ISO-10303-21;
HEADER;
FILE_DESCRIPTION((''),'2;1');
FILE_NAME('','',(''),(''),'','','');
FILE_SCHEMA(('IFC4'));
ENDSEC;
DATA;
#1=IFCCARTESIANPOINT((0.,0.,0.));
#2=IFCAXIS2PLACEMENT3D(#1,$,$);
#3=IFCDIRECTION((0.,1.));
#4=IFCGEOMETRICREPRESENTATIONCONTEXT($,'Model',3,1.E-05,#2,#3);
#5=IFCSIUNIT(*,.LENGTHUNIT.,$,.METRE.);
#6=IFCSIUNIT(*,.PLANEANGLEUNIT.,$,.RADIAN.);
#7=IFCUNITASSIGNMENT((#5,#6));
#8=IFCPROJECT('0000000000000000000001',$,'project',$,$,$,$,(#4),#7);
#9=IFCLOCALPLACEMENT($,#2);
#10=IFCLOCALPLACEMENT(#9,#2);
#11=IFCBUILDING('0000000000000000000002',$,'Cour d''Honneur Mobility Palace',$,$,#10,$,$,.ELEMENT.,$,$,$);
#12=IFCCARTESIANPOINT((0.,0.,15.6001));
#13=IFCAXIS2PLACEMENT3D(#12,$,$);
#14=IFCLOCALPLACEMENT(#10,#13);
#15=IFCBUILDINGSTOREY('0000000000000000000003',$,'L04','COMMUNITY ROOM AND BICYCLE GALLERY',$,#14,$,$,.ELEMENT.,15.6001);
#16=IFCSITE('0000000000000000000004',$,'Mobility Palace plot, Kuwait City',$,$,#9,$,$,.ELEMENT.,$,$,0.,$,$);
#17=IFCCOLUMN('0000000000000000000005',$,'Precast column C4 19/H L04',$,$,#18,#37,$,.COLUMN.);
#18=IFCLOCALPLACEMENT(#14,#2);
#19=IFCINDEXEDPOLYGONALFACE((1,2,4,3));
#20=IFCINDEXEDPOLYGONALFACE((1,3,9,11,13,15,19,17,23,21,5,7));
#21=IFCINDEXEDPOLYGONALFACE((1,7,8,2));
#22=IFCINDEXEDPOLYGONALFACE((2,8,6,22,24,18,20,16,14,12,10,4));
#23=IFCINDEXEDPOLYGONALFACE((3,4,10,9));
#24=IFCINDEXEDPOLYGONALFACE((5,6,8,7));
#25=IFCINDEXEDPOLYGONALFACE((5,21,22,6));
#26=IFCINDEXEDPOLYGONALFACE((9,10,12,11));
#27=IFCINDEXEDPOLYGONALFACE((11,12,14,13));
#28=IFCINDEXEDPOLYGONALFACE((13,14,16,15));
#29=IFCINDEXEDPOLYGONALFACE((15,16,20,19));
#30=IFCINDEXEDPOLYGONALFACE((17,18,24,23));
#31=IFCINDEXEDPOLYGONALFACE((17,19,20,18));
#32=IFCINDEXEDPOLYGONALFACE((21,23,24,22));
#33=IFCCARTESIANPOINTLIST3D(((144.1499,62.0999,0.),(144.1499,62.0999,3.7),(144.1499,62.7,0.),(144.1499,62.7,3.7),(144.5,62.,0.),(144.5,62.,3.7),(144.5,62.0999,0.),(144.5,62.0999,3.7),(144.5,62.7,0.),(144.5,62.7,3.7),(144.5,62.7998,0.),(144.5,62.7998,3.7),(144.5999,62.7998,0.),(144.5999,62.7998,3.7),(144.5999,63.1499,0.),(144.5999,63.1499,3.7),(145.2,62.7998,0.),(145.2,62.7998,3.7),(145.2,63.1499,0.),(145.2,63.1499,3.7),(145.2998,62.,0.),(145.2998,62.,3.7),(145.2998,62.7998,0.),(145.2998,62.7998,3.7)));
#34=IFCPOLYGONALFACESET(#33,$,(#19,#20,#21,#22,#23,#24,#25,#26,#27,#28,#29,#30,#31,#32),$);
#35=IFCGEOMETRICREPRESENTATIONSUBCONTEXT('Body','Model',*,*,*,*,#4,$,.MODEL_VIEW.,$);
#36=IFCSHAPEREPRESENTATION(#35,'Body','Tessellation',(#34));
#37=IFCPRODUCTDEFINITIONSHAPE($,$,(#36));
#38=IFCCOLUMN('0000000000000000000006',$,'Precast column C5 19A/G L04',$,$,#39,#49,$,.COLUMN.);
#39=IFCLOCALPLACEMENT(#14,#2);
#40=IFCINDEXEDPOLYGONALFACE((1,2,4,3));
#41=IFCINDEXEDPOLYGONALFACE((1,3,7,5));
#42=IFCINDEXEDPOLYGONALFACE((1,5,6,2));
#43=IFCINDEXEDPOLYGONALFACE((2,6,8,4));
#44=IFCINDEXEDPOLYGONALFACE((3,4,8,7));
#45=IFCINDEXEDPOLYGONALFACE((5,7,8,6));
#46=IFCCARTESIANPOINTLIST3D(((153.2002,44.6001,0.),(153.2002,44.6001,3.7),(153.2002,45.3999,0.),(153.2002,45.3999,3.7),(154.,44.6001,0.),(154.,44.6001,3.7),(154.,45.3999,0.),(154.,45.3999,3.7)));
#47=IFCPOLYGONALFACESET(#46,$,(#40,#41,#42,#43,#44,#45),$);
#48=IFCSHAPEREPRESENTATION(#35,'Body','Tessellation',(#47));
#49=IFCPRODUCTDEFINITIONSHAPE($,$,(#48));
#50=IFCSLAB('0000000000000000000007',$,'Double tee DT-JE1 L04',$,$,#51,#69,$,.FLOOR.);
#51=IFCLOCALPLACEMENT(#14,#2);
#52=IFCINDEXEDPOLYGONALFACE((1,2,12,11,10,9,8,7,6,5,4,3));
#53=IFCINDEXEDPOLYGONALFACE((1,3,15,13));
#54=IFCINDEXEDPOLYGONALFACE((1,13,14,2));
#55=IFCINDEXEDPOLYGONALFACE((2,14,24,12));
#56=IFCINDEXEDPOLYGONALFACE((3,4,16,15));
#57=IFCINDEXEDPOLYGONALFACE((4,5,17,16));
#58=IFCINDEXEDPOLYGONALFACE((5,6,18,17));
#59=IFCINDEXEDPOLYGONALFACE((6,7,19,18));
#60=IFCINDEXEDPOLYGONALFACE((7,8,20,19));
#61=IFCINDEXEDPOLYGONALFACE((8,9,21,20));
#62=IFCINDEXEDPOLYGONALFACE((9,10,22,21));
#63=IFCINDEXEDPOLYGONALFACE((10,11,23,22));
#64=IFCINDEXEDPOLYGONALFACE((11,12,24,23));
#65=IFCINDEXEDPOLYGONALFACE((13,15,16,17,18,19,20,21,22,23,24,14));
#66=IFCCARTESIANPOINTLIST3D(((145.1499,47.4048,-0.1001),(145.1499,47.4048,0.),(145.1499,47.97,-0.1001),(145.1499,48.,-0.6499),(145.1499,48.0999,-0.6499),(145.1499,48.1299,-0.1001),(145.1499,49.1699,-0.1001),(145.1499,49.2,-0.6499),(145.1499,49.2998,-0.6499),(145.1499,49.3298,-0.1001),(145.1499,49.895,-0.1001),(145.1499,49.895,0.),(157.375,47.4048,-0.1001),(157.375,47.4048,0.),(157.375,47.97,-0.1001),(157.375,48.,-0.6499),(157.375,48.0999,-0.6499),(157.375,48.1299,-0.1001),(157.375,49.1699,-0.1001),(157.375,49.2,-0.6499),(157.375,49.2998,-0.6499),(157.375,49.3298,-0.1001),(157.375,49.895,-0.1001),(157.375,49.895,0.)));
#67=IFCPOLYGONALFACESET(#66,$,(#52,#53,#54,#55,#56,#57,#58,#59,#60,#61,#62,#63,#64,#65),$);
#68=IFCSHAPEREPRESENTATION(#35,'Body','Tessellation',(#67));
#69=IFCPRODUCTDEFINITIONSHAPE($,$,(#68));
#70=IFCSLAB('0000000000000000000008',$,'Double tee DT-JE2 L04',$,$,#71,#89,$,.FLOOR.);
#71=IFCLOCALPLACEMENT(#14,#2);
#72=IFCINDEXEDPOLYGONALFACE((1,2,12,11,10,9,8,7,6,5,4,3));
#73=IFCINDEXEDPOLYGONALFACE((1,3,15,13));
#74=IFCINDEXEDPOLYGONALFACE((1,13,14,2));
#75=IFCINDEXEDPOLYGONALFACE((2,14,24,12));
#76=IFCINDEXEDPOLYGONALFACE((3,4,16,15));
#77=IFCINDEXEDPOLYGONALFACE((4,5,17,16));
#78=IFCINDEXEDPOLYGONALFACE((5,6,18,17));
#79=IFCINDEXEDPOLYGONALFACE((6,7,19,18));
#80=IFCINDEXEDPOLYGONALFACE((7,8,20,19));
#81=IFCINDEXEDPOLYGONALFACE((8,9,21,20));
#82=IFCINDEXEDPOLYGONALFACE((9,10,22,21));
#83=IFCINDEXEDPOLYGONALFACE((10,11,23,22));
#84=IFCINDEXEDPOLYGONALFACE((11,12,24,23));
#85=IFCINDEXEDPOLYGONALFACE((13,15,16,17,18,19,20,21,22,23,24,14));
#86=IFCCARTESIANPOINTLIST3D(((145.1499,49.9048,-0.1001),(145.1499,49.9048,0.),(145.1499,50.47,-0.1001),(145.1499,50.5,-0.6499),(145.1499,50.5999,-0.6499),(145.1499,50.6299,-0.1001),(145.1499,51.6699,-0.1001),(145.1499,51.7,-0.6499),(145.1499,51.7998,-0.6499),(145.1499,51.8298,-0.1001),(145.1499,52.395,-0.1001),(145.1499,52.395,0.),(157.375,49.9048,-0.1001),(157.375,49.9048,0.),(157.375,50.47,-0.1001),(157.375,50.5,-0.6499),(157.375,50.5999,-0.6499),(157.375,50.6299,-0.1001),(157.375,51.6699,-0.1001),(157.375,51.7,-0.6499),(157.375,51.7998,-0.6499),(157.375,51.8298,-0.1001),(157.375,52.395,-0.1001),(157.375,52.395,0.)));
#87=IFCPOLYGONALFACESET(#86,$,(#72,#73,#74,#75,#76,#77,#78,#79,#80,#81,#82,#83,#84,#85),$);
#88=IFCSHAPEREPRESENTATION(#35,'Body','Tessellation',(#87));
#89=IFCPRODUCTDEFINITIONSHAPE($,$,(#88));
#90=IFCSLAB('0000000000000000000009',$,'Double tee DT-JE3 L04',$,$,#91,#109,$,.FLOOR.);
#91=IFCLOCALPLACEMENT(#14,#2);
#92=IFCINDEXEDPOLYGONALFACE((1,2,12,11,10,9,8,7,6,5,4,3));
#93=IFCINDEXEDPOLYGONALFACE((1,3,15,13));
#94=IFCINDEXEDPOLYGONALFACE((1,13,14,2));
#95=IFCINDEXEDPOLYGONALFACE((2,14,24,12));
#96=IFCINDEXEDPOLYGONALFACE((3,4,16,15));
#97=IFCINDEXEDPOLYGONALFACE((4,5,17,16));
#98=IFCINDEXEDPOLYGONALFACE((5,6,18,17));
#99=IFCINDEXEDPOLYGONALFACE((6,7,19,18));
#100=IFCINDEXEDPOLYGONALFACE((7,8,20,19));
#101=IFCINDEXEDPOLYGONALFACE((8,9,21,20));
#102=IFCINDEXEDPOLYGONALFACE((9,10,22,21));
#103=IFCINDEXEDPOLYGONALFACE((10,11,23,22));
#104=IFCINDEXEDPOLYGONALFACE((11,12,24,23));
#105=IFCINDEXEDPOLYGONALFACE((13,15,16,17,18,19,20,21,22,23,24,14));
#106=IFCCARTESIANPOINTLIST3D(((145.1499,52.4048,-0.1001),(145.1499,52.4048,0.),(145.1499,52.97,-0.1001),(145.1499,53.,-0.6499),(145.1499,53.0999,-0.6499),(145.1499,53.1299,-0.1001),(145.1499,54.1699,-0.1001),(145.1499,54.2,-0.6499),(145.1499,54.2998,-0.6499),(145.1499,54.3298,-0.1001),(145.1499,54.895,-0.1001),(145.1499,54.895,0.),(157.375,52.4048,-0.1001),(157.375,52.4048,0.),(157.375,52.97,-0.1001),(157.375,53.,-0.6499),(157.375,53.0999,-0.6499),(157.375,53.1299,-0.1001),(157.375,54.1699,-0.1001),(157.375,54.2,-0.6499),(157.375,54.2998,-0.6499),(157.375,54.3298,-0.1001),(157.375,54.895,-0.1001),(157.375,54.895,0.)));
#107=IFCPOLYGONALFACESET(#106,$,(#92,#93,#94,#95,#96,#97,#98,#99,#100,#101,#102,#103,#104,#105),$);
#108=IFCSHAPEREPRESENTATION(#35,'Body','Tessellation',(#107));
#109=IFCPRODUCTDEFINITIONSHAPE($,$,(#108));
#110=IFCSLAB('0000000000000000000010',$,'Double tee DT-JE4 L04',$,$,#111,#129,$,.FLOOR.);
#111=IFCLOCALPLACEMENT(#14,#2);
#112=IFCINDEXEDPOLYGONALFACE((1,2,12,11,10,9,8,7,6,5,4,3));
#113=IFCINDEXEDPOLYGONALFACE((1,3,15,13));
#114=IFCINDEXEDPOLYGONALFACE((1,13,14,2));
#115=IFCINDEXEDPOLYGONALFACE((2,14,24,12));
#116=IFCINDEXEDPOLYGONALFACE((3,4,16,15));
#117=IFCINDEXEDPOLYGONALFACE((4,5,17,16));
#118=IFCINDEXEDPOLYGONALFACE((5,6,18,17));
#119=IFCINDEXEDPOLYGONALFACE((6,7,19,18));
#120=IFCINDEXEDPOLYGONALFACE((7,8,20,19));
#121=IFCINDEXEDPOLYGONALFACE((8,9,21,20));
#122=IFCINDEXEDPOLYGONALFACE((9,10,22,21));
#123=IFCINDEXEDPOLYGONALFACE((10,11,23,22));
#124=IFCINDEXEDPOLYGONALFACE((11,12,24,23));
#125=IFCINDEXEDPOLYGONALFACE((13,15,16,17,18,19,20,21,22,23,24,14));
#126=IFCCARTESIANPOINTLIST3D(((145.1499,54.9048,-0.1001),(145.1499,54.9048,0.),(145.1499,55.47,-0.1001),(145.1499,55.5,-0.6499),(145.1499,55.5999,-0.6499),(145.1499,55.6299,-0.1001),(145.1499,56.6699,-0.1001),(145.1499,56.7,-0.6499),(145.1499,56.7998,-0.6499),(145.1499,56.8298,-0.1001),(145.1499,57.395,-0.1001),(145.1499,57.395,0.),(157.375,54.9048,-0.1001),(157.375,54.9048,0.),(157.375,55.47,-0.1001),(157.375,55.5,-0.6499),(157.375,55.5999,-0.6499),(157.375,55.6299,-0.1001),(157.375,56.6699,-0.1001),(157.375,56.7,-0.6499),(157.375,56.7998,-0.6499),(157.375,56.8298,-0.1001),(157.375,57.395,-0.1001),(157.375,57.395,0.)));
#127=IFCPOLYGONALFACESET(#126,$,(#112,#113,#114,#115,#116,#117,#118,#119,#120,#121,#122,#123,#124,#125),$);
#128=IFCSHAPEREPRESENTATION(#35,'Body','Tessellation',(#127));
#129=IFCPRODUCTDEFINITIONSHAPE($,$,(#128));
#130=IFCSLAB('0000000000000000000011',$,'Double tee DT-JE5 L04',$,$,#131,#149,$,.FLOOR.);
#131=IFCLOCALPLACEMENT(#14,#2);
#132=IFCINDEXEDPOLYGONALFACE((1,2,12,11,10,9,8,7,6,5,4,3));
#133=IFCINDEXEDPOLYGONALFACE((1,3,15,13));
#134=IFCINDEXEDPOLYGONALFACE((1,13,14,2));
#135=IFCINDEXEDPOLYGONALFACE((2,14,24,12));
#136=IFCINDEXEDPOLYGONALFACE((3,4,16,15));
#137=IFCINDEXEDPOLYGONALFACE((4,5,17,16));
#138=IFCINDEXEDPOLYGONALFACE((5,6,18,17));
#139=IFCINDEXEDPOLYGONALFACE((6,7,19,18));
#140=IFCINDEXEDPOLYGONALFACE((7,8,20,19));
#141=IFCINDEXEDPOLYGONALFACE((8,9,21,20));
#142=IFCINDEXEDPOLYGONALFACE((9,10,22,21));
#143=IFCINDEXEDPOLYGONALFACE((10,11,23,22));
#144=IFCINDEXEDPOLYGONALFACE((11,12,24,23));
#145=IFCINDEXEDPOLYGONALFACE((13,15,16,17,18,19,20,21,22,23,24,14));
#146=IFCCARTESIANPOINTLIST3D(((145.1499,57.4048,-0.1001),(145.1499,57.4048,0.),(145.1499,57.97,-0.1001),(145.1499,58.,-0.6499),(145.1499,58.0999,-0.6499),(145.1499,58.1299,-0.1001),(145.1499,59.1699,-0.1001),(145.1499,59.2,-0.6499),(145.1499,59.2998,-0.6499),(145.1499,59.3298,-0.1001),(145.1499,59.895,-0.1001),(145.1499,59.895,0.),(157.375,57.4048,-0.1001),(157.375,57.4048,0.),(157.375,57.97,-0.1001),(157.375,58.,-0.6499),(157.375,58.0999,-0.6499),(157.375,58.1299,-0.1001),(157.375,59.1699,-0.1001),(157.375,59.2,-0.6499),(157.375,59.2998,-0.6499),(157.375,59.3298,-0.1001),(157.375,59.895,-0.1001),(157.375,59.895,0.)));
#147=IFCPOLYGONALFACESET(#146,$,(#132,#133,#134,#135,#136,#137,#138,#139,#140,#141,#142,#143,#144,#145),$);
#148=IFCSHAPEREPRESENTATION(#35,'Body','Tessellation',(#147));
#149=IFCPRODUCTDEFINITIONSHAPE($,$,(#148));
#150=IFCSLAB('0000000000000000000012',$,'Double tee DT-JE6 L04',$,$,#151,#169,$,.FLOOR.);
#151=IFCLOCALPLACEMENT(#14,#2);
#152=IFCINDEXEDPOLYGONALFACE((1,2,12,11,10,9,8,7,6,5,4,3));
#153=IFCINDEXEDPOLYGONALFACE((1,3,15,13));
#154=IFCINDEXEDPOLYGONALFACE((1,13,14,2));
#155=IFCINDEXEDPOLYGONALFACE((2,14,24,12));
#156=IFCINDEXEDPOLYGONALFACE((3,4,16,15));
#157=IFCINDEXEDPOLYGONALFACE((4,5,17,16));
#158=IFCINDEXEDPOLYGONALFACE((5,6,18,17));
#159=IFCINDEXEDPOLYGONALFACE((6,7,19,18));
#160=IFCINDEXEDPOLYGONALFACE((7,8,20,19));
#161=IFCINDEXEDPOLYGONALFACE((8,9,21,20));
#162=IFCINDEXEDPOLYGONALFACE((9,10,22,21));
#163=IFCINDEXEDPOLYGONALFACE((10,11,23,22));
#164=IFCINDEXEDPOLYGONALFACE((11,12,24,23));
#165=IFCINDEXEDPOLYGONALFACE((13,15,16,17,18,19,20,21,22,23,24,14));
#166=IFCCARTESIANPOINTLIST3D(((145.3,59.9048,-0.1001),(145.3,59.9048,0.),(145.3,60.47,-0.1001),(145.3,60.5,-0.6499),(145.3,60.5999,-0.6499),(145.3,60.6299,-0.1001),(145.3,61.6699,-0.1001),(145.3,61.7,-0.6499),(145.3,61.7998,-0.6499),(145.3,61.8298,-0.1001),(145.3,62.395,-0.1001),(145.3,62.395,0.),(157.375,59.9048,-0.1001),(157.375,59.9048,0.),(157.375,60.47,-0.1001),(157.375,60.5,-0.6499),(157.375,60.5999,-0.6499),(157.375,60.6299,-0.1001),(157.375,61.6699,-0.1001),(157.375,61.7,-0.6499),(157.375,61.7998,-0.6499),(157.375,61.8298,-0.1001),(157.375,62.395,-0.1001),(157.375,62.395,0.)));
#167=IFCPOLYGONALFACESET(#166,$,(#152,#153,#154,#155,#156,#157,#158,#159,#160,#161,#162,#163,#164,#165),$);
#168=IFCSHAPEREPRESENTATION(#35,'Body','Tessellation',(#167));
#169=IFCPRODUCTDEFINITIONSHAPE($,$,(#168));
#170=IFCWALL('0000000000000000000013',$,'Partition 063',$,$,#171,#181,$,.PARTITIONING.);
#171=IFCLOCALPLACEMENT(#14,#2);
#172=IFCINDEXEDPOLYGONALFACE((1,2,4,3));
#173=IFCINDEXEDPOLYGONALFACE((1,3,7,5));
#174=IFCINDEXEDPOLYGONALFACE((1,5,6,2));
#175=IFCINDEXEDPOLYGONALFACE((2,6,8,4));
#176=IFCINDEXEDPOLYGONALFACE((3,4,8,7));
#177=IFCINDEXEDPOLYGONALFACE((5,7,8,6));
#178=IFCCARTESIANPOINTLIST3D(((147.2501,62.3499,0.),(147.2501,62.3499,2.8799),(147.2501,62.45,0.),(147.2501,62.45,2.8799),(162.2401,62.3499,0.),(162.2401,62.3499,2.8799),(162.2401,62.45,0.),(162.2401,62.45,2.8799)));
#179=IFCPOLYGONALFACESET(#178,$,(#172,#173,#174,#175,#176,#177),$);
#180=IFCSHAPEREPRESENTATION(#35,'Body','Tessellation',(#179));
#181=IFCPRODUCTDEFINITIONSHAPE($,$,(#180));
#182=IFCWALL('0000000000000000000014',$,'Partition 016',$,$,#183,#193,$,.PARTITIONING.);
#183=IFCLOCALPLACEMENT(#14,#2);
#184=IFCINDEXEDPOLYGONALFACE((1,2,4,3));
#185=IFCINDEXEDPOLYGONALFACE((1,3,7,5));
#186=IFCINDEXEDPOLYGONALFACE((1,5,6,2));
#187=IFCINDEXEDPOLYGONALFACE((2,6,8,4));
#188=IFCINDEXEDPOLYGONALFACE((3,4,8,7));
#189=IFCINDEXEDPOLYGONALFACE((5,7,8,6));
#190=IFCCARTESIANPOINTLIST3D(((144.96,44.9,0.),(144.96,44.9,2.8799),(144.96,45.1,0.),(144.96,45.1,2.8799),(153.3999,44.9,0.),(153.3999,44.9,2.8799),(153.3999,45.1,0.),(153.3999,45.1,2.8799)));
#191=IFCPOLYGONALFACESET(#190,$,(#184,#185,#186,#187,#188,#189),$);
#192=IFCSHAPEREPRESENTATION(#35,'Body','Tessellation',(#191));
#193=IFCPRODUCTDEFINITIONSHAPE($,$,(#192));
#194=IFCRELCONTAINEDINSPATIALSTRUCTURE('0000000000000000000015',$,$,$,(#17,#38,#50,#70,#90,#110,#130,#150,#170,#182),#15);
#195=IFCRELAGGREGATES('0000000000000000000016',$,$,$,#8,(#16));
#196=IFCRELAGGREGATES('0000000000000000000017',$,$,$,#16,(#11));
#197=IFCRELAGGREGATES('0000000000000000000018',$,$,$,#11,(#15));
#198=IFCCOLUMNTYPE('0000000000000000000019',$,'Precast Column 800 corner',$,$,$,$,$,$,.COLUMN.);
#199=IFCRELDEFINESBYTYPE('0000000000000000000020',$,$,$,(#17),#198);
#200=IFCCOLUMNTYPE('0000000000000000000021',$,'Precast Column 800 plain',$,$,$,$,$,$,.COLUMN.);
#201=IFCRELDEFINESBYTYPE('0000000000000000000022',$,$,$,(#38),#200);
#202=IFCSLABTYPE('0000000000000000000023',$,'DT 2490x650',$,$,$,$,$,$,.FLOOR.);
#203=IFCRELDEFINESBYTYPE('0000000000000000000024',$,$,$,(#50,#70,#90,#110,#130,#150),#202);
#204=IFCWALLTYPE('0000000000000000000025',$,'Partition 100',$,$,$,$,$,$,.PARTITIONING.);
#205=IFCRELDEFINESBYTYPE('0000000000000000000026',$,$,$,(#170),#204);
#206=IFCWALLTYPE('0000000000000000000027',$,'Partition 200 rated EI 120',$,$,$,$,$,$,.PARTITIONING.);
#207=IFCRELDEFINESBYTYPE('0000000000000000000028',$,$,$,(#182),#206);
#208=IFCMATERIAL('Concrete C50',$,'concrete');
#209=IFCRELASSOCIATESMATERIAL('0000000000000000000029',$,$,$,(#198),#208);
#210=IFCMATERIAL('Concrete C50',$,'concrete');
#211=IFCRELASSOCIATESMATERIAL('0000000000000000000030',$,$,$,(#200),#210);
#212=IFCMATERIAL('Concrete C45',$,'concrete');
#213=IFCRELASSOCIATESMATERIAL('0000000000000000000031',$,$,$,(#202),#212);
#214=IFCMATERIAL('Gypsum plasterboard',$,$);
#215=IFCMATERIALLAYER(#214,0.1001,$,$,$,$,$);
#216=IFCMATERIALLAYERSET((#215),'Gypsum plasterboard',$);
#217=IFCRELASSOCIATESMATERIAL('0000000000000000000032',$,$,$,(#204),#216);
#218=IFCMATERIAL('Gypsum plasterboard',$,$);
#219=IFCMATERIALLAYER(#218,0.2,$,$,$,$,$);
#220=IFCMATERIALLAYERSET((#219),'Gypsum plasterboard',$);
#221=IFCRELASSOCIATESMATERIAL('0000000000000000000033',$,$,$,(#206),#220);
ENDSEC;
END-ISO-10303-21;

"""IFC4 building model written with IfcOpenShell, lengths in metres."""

from ifc_helpers import new_model, si_unit, direction, frame, frame_2d, origin, place, context, subcontext, project, spatial, polyline, rectangle, outline, extrude, material, layer, layer_set, material_profile, profile_set, type_object, element, save


model = new_model("IFC4")

# Units and contexts
model_context = context("Model", 3, precision=1e-05, world=origin(), true_north=direction((0.0, 1.0)))
body_context = subcontext(model_context, "Body", "Model", "MODEL_VIEW")
ifc_project = project(units=[si_unit("LENGTHUNIT", "METRE"), si_unit("PLANEANGLEUNIT", "RADIAN")], contexts=[model_context])

# Site, building, storey
site_placement = place(None, origin())
site = spatial("IfcSite", under=ifc_project, at=site_placement, Name="Mobility Palace plot, Kuwait City", CompositionType="ELEMENT", RefElevation=0.0)
building_placement = place(site_placement, origin())
building = spatial("IfcBuilding", under=site, at=building_placement, Name="Cour d'Honneur Mobility Palace", CompositionType="ELEMENT")
storey_placement = place(building_placement, frame((0.0, 0.0, 15.6001)))
storey = spatial("IfcBuildingStorey", under=building, at=storey_placement, Name="L04", Description="COMMUNITY ROOM AND BICYCLE GALLERY", CompositionType="ELEMENT", Elevation=15.6001)

# Columns
ifc_material_1 = material(Name="Concrete C50", Category="concrete")
ifc_material_profile_1 = material_profile(ifc_material_1, outline(polyline([(-0.3999, -0.3999), (0.3999, -0.3999), (0.3999, -0.3), (0.75, -0.3), (0.75, 0.3), (0.3999, 0.3), (0.3999, 0.3999), (0.3, 0.3999), (0.3, 0.75), (-0.3, 0.75), (-0.3, 0.3999), (-0.3999, 0.3999), (-0.3999, -0.3999)])), Name="PC C800 corner")
ifc_profile_set_1 = profile_set([ifc_material_profile_1], Name="Concrete C50")
column_type_1 = type_object("IfcColumnType", Name="Precast Column 800 corner", PredefinedType="COLUMN", material=ifc_profile_set_1)
column_1_placement = place(storey_placement, frame((144.8999, 62.3999, 0.0), z_axis=(0.0, 0.0, 1.0), x_axis=(0.0, 1.0, 0.0)))
element("IfcColumn", 1, at=column_1_placement, inside=storey, type_object=column_type_1, Name="Precast column C4 19/H L04", PredefinedType="COLUMN", context=body_context, shape_type="SweptSolid", body=[
    extrude(outline(polyline([(-0.3999, -0.3999), (0.3999, -0.3999), (0.3999, -0.3), (0.75, -0.3), (0.75, 0.3), (0.3999, 0.3), (0.3999, 0.3999), (0.3, 0.3999), (0.3, 0.75), (-0.3, 0.75), (-0.3, 0.3999), (-0.3999, 0.3999), (-0.3999, -0.3999)])), origin(), (0.0, 0.0, 1.0), 3.7),
])
ifc_material_2 = material(Name="Concrete C50", Category="concrete")
ifc_material_profile_2 = material_profile(ifc_material_2, outline(polyline([(-0.3999, -0.3999), (0.3999, -0.3999), (0.3999, 0.3999), (-0.3999, 0.3999), (-0.3999, -0.3999)])), Name="PC C800 plain")
ifc_profile_set_2 = profile_set([ifc_material_profile_2], Name="Concrete C50")
column_type_2 = type_object("IfcColumnType", Name="Precast Column 800 plain", PredefinedType="COLUMN", material=ifc_profile_set_2)
column_2_placement = place(storey_placement, frame((153.6001, 45.0, 0.0), z_axis=(0.0, 0.0, 1.0), x_axis=(1.0, 0.0, 0.0)))
element("IfcColumn", 2, at=column_2_placement, inside=storey, type_object=column_type_2, Name="Precast column C5 19A/G L04", PredefinedType="COLUMN", context=body_context, shape_type="SweptSolid", body=[
    extrude(outline(polyline([(-0.3999, -0.3999), (0.3999, -0.3999), (0.3999, 0.3999), (-0.3999, 0.3999), (-0.3999, -0.3999)])), origin(), (0.0, 0.0, 1.0), 3.7),
])

# Slabs
ifc_material_3 = material(Name="Concrete C45", Category="concrete")
ifc_material_profile_3 = material_profile(ifc_material_3, outline(polyline([(-1.2451, 0.0), (1.2451, 0.0), (1.2451, -0.1001), (0.6799, -0.1001), (0.6499, -0.6499), (0.55, -0.6499), (0.52, -0.1001), (-0.52, -0.1001), (-0.55, -0.6499), (-0.6499, -0.6499), (-0.6799, -0.1001), (-1.2451, -0.1001), (-1.2451, 0.0)])), Name="DT 2490x650")
ifc_profile_set_3 = profile_set([ifc_material_profile_3], Name="Concrete C45")
slab_type = type_object("IfcSlabType", Name="DT 2490x650", PredefinedType="FLOOR", material=ifc_profile_set_3)
for number, where, z_axis, x_axis, name in (
    (3, (145.1499, 48.6499, 0.0), (1.0, 0.0, 0.0), (0.0, 1.0, 0.0), "Double tee DT-JE1 L04"),
    (4, (145.1499, 51.1499, 0.0), (1.0, 0.0, 0.0), (0.0, 1.0, 0.0), "Double tee DT-JE2 L04"),
    (5, (145.1499, 53.6499, 0.0), (1.0, 0.0, 0.0), (0.0, 1.0, 0.0), "Double tee DT-JE3 L04"),
    (6, (145.1499, 56.1499, 0.0), (1.0, 0.0, 0.0), (0.0, 1.0, 0.0), "Double tee DT-JE4 L04"),
    (7, (145.1499, 58.6499, 0.0), (1.0, 0.0, 0.0), (0.0, 1.0, 0.0), "Double tee DT-JE5 L04"),
):
    element("IfcSlab", number, at=place(storey_placement, frame(where, z_axis=z_axis, x_axis=x_axis)), inside=storey, type_object=slab_type, Name=name, PredefinedType="FLOOR", context=body_context, shape_type="SweptSolid", body=[
        extrude(outline(polyline([(-1.2451, 0.0), (1.2451, 0.0), (1.2451, -0.1001), (0.6799, -0.1001), (0.6499, -0.6499), (0.55, -0.6499), (0.52, -0.1001), (-0.52, -0.1001), (-0.55, -0.6499), (-0.6499, -0.6499), (-0.6799, -0.1001), (-1.2451, -0.1001), (-1.2451, 0.0)])), origin(), (0.0, 0.0, 1.0), 12.2251),
    ])
slab_placement = place(storey_placement, frame((145.3, 61.1499, 0.0), z_axis=(1.0, 0.0, 0.0), x_axis=(0.0, 1.0, 0.0)))
element("IfcSlab", 8, at=slab_placement, inside=storey, type_object=slab_type, Name="Double tee DT-JE6 L04", PredefinedType="FLOOR", context=body_context, shape_type="SweptSolid", body=[
    extrude(outline(polyline([(-1.2451, 0.0), (1.2451, 0.0), (1.2451, -0.1001), (0.6799, -0.1001), (0.6499, -0.6499), (0.55, -0.6499), (0.52, -0.1001), (-0.52, -0.1001), (-0.55, -0.6499), (-0.6499, -0.6499), (-0.6799, -0.1001), (-1.2451, -0.1001), (-1.2451, 0.0)])), origin(), (0.0, 0.0, 1.0), 12.075),
])

# Walls
ifc_material_4 = material(Name="Gypsum plasterboard")
ifc_layer_1 = layer(ifc_material_4, 0.1001)
ifc_layer_set_1 = layer_set([ifc_layer_1], Name="Gypsum plasterboard")
wall_type_1 = type_object("IfcWallType", Name="Partition 100", PredefinedType="PARTITIONING", material=ifc_layer_set_1)
wall_1_placement = place(storey_placement, frame((147.25, 62.3999, 0.0), z_axis=(0.0, 0.0, 1.0), x_axis=(1.0, 0.0, 0.0)))
element("IfcWall", 9, at=wall_1_placement, inside=storey, type_object=wall_type_1, Name="Partition 063", PredefinedType="PARTITIONING", context=body_context, shape_type="SweptSolid", body=[
    extrude(rectangle(XDim=14.99, YDim=0.1001, at=frame_2d((7.4951, 0.0))), origin(), (0.0, 0.0, 1.0), 2.8799),
])
ifc_material_5 = material(Name="Gypsum plasterboard")
ifc_layer_2 = layer(ifc_material_5, 0.2)
ifc_layer_set_2 = layer_set([ifc_layer_2], Name="Gypsum plasterboard")
wall_type_2 = type_object("IfcWallType", Name="Partition 200 rated EI 120", PredefinedType="PARTITIONING", material=ifc_layer_set_2)
wall_2_placement = place(storey_placement, frame((144.96, 45.0, 0.0), z_axis=(0.0, 0.0, 1.0), x_axis=(1.0, 0.0, 0.0)))
element("IfcWall", 10, at=wall_2_placement, inside=storey, type_object=wall_type_2, Name="Partition 016", PredefinedType="PARTITIONING", context=body_context, shape_type="SweptSolid", body=[
    extrude(rectangle(XDim=8.4399, YDim=0.2, at=frame_2d((4.22, 0.0))), origin(), (0.0, 0.0, 1.0), 2.8799),
])

save(model, "model.ifc")
